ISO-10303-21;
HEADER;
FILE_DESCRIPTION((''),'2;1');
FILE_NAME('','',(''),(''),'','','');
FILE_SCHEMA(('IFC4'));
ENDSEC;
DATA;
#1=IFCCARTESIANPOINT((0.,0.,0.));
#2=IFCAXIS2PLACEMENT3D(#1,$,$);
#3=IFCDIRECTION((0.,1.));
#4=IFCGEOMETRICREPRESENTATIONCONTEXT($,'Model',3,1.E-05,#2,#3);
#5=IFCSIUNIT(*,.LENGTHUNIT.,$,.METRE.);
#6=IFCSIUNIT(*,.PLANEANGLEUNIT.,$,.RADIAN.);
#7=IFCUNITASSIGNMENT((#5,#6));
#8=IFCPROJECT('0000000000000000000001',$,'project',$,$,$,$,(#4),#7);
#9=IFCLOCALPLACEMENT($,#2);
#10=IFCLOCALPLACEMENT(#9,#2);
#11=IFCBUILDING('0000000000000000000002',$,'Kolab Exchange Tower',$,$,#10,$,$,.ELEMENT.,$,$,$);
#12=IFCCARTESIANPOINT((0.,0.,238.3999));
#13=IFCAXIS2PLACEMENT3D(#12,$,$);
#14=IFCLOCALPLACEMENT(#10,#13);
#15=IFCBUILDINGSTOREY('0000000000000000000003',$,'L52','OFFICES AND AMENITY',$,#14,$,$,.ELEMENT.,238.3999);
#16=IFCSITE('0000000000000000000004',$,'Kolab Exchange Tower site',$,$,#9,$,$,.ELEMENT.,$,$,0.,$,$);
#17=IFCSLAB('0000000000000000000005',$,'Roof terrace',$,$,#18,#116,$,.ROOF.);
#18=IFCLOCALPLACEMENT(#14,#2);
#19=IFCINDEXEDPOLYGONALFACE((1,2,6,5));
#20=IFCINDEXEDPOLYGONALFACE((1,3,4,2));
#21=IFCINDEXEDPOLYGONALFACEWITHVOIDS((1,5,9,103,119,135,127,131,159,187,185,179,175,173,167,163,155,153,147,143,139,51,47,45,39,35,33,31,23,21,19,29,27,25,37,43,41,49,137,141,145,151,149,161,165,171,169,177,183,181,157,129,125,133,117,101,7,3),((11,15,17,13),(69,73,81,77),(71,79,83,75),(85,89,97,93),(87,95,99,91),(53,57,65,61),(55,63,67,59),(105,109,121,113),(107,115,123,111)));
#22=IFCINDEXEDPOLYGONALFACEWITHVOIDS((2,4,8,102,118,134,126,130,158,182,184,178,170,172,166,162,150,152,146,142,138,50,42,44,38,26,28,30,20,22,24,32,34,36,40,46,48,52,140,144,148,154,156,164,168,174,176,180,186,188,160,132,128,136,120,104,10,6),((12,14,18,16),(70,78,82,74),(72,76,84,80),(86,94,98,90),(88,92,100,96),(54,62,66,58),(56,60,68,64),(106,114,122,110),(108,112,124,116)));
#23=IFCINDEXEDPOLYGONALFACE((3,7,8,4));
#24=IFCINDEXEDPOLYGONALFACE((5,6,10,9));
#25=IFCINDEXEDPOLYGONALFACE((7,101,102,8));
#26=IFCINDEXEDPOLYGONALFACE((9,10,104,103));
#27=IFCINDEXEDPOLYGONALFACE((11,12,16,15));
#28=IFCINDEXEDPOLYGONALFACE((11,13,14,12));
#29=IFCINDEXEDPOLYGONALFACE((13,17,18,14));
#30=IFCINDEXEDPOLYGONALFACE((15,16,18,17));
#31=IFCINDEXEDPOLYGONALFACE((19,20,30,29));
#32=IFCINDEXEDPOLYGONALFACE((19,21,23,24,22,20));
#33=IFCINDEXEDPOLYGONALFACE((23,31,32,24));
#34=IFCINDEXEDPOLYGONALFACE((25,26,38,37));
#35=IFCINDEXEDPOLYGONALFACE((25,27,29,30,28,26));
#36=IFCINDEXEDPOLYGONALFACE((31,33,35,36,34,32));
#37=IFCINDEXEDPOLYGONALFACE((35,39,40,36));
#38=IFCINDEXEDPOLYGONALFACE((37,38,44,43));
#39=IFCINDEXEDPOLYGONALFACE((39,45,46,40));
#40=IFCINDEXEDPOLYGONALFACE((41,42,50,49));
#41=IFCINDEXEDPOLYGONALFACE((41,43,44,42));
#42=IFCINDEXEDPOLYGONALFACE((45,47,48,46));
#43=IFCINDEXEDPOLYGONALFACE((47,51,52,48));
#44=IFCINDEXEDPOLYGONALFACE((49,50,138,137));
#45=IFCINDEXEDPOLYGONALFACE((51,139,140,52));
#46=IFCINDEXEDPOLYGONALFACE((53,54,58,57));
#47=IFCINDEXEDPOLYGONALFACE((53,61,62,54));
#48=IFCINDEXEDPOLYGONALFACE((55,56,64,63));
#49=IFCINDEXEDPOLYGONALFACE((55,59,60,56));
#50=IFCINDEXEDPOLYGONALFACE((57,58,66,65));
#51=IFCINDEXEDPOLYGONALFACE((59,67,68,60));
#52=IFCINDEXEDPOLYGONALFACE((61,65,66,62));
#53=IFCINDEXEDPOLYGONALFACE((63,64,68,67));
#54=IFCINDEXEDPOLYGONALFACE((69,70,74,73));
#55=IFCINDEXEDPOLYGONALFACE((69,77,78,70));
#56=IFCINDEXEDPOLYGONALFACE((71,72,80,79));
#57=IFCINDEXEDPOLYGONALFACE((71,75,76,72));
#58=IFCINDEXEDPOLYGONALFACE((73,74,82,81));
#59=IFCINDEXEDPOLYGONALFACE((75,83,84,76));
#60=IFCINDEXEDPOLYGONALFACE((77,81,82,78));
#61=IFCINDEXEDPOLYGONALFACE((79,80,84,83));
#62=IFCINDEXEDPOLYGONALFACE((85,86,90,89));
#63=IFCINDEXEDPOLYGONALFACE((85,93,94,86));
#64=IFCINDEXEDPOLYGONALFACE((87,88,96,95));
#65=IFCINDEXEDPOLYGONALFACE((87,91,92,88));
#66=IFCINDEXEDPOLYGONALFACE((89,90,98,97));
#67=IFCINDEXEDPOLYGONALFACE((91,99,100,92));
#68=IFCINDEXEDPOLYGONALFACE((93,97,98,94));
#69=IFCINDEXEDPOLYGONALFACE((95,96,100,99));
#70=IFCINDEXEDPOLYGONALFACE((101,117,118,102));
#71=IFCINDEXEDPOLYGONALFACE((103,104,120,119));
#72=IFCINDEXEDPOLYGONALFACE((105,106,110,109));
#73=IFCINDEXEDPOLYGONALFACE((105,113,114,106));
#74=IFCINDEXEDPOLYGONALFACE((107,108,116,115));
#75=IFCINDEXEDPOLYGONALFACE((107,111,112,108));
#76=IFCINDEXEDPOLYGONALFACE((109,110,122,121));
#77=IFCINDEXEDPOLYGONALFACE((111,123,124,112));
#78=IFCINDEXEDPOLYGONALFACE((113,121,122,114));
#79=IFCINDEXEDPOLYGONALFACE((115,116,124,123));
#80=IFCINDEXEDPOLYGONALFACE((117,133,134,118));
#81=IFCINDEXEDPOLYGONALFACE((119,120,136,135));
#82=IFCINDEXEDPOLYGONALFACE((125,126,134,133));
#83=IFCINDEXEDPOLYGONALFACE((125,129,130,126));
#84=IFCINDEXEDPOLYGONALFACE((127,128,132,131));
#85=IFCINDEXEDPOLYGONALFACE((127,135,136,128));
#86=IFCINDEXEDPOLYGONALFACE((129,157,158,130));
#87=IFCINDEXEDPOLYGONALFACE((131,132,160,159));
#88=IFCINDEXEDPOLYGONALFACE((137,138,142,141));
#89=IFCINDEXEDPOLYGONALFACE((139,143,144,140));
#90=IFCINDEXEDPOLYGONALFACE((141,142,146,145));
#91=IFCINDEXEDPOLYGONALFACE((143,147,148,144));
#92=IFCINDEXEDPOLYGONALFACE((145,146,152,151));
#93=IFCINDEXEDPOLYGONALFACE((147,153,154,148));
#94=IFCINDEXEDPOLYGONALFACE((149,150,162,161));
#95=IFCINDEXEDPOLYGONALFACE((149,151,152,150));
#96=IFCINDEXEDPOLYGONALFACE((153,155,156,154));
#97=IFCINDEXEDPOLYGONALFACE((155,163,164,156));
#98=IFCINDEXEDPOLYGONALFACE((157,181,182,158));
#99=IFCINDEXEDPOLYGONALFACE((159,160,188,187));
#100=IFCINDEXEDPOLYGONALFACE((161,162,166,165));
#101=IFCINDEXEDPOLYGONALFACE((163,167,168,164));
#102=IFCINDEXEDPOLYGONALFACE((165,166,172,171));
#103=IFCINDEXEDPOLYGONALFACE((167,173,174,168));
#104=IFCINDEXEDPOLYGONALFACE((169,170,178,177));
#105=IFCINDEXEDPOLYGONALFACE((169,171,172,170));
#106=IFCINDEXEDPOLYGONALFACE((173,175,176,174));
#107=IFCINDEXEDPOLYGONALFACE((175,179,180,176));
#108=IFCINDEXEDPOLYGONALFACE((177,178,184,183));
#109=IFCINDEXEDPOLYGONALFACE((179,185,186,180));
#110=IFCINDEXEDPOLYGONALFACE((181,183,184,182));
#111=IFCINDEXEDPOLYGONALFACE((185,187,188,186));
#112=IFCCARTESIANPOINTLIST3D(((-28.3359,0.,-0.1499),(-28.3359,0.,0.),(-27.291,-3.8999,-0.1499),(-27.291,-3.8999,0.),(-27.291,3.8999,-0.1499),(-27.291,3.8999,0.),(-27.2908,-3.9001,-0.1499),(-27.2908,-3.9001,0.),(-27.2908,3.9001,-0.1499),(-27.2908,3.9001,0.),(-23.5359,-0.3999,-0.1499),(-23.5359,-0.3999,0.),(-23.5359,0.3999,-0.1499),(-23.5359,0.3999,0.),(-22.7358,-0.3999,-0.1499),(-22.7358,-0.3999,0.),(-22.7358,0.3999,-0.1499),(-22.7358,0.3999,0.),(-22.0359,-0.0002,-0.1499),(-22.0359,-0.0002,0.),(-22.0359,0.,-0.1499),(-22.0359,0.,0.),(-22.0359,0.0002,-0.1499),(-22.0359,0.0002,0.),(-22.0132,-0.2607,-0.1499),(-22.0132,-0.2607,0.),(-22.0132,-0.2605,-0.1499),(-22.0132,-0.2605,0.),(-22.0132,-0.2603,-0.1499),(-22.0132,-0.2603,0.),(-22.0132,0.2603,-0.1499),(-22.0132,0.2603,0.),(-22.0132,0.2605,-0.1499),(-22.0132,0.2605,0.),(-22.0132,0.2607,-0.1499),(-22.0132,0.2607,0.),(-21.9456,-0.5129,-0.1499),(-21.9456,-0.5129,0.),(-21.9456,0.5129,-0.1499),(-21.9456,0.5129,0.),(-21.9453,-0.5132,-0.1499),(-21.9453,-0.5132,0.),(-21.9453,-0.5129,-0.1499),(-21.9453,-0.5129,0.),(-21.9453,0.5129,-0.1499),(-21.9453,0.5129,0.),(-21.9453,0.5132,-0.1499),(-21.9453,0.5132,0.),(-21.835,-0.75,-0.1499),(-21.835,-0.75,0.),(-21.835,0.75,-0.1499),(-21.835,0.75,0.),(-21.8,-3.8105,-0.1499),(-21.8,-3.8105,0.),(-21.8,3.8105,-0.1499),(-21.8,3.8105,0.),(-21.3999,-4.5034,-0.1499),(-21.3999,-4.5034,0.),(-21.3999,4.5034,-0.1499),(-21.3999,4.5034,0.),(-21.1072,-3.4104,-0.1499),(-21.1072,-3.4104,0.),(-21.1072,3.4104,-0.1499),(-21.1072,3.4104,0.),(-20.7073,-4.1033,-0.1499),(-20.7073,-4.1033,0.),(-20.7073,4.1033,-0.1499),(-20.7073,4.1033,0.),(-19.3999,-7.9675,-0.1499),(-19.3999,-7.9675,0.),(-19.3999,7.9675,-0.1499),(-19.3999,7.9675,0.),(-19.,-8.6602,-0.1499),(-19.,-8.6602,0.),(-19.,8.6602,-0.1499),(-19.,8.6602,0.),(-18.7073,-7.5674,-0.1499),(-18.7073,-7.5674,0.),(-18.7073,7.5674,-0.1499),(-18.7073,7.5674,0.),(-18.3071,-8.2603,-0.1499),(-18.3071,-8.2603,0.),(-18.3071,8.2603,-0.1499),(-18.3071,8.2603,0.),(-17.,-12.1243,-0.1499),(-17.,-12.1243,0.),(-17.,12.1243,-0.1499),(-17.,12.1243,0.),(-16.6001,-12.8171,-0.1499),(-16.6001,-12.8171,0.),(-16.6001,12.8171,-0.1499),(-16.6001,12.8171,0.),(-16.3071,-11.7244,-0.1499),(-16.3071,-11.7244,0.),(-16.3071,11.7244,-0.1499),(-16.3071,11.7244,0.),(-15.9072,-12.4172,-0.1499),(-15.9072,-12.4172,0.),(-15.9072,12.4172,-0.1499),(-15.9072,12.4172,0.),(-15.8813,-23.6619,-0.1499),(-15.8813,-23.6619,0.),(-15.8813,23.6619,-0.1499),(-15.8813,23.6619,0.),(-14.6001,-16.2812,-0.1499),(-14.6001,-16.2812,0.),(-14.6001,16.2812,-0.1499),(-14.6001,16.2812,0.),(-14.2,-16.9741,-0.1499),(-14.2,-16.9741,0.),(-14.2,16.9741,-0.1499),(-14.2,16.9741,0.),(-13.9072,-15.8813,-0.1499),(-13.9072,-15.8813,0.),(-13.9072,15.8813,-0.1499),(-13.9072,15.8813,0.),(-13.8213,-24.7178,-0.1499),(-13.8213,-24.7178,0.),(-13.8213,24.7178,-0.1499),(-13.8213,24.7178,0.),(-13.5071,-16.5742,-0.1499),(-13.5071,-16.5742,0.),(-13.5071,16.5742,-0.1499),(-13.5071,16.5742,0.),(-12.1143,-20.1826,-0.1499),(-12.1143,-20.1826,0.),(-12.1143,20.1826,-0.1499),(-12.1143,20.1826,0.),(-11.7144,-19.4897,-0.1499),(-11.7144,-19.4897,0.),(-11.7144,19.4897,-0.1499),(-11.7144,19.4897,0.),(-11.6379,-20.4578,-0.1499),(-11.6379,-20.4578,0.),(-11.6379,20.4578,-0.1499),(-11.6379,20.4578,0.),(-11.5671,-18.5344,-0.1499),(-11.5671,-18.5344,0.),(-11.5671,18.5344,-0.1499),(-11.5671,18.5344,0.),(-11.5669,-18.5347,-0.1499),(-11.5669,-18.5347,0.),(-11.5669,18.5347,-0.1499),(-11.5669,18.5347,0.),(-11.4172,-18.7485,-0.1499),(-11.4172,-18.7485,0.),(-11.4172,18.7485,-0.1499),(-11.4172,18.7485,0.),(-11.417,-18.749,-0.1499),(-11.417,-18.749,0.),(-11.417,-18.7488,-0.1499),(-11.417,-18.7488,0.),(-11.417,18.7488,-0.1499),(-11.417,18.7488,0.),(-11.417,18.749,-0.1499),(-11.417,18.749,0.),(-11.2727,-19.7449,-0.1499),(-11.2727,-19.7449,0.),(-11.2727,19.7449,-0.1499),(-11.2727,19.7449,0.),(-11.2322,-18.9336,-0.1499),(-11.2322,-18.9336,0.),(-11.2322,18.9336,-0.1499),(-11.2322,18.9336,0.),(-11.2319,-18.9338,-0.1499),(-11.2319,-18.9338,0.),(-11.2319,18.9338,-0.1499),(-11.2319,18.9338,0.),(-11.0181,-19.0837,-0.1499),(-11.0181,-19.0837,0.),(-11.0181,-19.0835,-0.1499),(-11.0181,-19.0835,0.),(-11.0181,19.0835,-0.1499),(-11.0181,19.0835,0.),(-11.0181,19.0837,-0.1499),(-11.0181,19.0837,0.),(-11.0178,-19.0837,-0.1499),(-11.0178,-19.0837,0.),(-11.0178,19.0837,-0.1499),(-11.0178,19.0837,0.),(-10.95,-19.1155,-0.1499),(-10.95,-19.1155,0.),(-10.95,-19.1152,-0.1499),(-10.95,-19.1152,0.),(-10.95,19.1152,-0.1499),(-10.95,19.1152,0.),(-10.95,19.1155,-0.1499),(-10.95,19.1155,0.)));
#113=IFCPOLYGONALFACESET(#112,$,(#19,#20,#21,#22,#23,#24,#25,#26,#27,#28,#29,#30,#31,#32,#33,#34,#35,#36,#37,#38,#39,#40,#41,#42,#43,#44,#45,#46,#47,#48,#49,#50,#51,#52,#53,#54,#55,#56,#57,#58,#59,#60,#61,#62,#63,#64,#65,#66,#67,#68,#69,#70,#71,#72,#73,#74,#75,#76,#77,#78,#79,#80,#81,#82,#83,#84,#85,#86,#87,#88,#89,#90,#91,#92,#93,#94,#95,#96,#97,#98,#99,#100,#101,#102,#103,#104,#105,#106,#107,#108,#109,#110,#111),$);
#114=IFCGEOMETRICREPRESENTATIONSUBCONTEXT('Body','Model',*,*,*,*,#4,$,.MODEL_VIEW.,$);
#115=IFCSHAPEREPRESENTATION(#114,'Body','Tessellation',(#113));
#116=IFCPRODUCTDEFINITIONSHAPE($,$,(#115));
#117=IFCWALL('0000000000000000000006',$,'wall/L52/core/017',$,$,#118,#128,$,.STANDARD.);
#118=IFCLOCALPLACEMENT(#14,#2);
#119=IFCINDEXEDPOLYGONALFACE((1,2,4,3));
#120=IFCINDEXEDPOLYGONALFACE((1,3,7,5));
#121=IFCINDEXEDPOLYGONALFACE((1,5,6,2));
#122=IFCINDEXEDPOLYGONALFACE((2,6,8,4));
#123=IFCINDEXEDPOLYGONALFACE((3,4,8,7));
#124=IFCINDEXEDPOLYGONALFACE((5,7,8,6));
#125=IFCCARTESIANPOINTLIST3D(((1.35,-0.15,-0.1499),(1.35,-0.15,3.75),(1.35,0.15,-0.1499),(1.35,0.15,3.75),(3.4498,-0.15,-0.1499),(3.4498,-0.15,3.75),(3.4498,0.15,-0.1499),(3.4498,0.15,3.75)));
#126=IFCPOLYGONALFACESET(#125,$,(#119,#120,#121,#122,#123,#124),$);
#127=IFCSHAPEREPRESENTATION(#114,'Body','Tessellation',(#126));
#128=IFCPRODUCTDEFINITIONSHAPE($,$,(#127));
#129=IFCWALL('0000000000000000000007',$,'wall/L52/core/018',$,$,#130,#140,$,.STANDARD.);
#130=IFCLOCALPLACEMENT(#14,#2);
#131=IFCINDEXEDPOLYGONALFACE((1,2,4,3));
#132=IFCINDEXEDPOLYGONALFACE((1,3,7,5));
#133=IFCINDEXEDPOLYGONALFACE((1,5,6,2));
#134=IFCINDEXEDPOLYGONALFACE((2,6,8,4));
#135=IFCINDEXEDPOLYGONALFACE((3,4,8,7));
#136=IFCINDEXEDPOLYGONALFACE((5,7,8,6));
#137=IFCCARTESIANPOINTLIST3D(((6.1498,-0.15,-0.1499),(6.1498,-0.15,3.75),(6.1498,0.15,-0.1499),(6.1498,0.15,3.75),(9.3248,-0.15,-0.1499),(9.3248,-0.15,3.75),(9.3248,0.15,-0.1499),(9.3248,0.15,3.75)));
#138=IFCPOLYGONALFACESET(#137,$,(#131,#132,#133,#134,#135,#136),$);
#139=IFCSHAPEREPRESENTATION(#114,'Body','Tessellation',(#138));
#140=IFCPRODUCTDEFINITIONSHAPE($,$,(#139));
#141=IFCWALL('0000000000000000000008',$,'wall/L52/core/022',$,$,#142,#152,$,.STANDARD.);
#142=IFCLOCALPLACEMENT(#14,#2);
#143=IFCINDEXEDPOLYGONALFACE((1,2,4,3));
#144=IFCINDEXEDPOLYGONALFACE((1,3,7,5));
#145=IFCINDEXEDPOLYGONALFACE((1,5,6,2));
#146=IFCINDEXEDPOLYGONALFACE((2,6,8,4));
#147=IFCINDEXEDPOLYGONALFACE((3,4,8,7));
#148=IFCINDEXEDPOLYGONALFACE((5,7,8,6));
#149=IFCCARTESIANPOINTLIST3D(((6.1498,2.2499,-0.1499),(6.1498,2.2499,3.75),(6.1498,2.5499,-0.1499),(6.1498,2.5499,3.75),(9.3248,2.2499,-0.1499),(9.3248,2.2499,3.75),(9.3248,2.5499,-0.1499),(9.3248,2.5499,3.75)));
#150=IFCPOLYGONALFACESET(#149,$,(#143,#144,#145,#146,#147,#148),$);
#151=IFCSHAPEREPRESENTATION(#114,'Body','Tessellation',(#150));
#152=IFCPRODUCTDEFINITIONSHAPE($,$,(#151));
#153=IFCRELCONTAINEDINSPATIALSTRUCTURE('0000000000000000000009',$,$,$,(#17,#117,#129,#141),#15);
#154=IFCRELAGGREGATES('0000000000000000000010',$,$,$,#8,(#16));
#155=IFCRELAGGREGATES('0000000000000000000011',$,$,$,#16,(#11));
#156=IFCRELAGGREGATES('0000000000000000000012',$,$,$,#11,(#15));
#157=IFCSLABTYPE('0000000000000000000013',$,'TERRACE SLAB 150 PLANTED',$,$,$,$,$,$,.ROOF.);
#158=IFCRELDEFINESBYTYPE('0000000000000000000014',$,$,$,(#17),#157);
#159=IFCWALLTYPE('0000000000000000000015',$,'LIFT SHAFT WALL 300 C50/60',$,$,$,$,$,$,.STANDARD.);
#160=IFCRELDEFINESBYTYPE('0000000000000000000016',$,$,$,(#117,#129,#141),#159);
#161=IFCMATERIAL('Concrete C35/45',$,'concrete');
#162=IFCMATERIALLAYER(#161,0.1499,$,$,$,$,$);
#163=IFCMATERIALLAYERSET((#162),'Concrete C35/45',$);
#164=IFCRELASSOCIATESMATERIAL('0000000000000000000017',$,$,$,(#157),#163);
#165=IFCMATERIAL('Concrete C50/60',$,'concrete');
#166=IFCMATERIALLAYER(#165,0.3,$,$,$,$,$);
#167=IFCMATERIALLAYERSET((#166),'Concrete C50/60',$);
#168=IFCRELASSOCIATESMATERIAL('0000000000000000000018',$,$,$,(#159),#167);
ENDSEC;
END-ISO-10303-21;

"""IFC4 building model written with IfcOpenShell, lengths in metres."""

from ifc_helpers import new_model, si_unit, direction, frame, frame_2d, origin, place, context, subcontext, project, spatial, polyline, rectangle, outline, extrude, material, layer, layer_set, type_object, element, save


model = new_model("IFC4")

# Units and contexts
model_context = context("Model", 3, precision=1e-05, world=origin(), true_north=direction((0.0, 1.0)))
body_context = subcontext(model_context, "Body", "Model", "MODEL_VIEW")
ifc_project = project(units=[si_unit("LENGTHUNIT", "METRE"), si_unit("PLANEANGLEUNIT", "RADIAN")], contexts=[model_context])

# Site, building, storey
site_placement = place(None, origin())
site = spatial("IfcSite", under=ifc_project, at=site_placement, Name="Kolab Exchange Tower site", CompositionType="ELEMENT", RefElevation=0.0)
building_placement = place(site_placement, origin())
building = spatial("IfcBuilding", under=site, at=building_placement, Name="Kolab Exchange Tower", CompositionType="ELEMENT")
storey_placement = place(building_placement, frame((0.0, 0.0, 238.3999)))
storey = spatial("IfcBuildingStorey", under=building, at=storey_placement, Name="L52", Description="OFFICES AND AMENITY", CompositionType="ELEMENT", Elevation=238.3999)

# Shared definitions
ifc_material_1 = material(Name="Concrete C50/60", Category="concrete")

# Slab
ifc_material_2 = material(Name="Concrete C35/45", Category="concrete")
ifc_layer_1 = layer(ifc_material_2, 0.1499)
ifc_layer_set_1 = layer_set([ifc_layer_1], Name="Concrete C35/45")
slab_type_1 = type_object("IfcSlabType", Name="TERRACE SLAB 150 PLANTED", PredefinedType="ROOF", material=ifc_layer_set_1)
slab_1_placement = place(storey_placement, frame((0.0, 0.0, -0.1499)))
element("IfcSlab", 1, at=slab_1_placement, inside=storey, type_object=slab_type_1, Name="Roof terrace", PredefinedType="ROOF", context=body_context, shape_type="SweptSolid", body=[
    extrude(outline(polyline([(-28.3359, 0.0), (-27.291, -3.8999), (-27.2908, -3.9001), (-15.8813, -23.6619), (-13.8213, -24.7178), (-11.6379, -20.4578), (-12.1143, -20.1826), (-11.7144, -19.4897), (-11.2727, -19.7449), (-10.95, -19.1155), (-10.95, -19.1152), (-11.0178, -19.0837), (-11.0181, -19.0837), (-11.0181, -19.0835), (-11.2319, -18.9338), (-11.2322, -18.9336), (-11.417, -18.749), (-11.417, -18.7488), (-11.4172, -18.7485), (-11.5669, -18.5347), (-11.5671, -18.5344), (-21.835, -0.75), (-21.9453, -0.5132), (-21.9453, -0.5129), (-21.9456, -0.5129), (-22.0132, -0.2607), (-22.0132, -0.2605), (-22.0132, -0.2603), (-22.0359, -0.0002), (-22.0359, 0.0), (-22.0359, 0.0002), (-22.0132, 0.2603), (-22.0132, 0.2605), (-22.0132, 0.2607), (-21.9456, 0.5129), (-21.9453, 0.5129), (-21.9453, 0.5132), (-21.835, 0.75), (-11.5671, 18.5344), (-11.5669, 18.5347), (-11.4172, 18.7485), (-11.417, 18.7488), (-11.417, 18.749), (-11.2322, 18.9336), (-11.2319, 18.9338), (-11.0181, 19.0835), (-11.0181, 19.0837), (-11.0178, 19.0837), (-10.95, 19.1152), (-10.95, 19.1155), (-11.2727, 19.7449), (-11.7144, 19.4897), (-12.1143, 20.1826), (-11.6379, 20.4578), (-13.8213, 24.7178), (-15.8813, 23.6619), (-27.2908, 3.9001), (-27.291, 3.8999), (-28.3359, 0.0)]), holes=[polyline([(-14.6001, -16.2812), (-13.9072, -15.8813), (-13.5071, -16.5742), (-14.2, -16.9741), (-14.6001, -16.2812)]), polyline([(-17.0, -12.1243), (-16.3071, -11.7244), (-15.9072, -12.4172), (-16.6001, -12.8171), (-17.0, -12.1243)]), polyline([(-19.3999, -7.9675), (-18.7073, -7.5674), (-18.3071, -8.2603), (-19.0, -8.6602), (-19.3999, -7.9675)]), polyline([(-21.8, -3.8105), (-21.1072, -3.4104), (-20.7073, -4.1033), (-21.3999, -4.5034), (-21.8, -3.8105)]), polyline([(-23.5359, 0.3999), (-22.7358, 0.3999), (-22.7358, -0.3999), (-23.5359, -0.3999), (-23.5359, 0.3999)]), polyline([(-21.1072, 3.4104), (-21.8, 3.8105), (-21.3999, 4.5034), (-20.7073, 4.1033), (-21.1072, 3.4104)]), polyline([(-19.3999, 7.9675), (-19.0, 8.6602), (-18.3071, 8.2603), (-18.7073, 7.5674), (-19.3999, 7.9675)]), polyline([(-17.0, 12.1243), (-16.6001, 12.8171), (-15.9072, 12.4172), (-16.3071, 11.7244), (-17.0, 12.1243)]), polyline([(-14.6001, 16.2812), (-14.2, 16.9741), (-13.5071, 16.5742), (-13.9072, 15.8813), (-14.6001, 16.2812)])]), origin(), (0.0, 0.0, 1.0), 0.1499),
])

# Walls
ifc_layer_2 = layer(ifc_material_1, 0.3)
ifc_layer_set_2 = layer_set([ifc_layer_2], Name="Concrete C50/60")
wall_type = type_object("IfcWallType", Name="LIFT SHAFT WALL 300 C50/60", PredefinedType="STANDARD", material=ifc_layer_set_2)
wall_1_placement = place(storey_placement, frame((1.3501, 0.0, -0.1499), z_axis=(0.0, 0.0, 1.0), x_axis=(1.0, 0.0, 0.0)))
element("IfcWall", 2, at=wall_1_placement, inside=storey, type_object=wall_type, Name="wall/L52/core/017", PredefinedType="STANDARD", context=body_context, shape_type="SweptSolid", body=[
    extrude(rectangle(XDim=2.0999, YDim=0.3, at=frame_2d((1.0498, 0.0))), origin(), (0.0, 0.0, 1.0), 3.8999),
])
for number, where, z_axis, x_axis, name in (
    (3, (6.1499, 0.0, -0.1499), (0.0, 0.0, 1.0), (1.0, 0.0, 0.0), "wall/L52/core/018"),
    (4, (6.1499, 2.3999, -0.1499), (0.0, 0.0, 1.0), (1.0, 0.0, 0.0), "wall/L52/core/022"),
):
    element("IfcWall", number, at=place(storey_placement, frame(where, z_axis=z_axis, x_axis=x_axis)), inside=storey, type_object=wall_type, Name=name, PredefinedType="STANDARD", context=body_context, shape_type="SweptSolid", body=[
        extrude(rectangle(XDim=3.175, YDim=0.3, at=frame_2d((1.5874, 0.0))), origin(), (0.0, 0.0, 1.0), 3.8999),
    ])

save(model, "model.ifc")
